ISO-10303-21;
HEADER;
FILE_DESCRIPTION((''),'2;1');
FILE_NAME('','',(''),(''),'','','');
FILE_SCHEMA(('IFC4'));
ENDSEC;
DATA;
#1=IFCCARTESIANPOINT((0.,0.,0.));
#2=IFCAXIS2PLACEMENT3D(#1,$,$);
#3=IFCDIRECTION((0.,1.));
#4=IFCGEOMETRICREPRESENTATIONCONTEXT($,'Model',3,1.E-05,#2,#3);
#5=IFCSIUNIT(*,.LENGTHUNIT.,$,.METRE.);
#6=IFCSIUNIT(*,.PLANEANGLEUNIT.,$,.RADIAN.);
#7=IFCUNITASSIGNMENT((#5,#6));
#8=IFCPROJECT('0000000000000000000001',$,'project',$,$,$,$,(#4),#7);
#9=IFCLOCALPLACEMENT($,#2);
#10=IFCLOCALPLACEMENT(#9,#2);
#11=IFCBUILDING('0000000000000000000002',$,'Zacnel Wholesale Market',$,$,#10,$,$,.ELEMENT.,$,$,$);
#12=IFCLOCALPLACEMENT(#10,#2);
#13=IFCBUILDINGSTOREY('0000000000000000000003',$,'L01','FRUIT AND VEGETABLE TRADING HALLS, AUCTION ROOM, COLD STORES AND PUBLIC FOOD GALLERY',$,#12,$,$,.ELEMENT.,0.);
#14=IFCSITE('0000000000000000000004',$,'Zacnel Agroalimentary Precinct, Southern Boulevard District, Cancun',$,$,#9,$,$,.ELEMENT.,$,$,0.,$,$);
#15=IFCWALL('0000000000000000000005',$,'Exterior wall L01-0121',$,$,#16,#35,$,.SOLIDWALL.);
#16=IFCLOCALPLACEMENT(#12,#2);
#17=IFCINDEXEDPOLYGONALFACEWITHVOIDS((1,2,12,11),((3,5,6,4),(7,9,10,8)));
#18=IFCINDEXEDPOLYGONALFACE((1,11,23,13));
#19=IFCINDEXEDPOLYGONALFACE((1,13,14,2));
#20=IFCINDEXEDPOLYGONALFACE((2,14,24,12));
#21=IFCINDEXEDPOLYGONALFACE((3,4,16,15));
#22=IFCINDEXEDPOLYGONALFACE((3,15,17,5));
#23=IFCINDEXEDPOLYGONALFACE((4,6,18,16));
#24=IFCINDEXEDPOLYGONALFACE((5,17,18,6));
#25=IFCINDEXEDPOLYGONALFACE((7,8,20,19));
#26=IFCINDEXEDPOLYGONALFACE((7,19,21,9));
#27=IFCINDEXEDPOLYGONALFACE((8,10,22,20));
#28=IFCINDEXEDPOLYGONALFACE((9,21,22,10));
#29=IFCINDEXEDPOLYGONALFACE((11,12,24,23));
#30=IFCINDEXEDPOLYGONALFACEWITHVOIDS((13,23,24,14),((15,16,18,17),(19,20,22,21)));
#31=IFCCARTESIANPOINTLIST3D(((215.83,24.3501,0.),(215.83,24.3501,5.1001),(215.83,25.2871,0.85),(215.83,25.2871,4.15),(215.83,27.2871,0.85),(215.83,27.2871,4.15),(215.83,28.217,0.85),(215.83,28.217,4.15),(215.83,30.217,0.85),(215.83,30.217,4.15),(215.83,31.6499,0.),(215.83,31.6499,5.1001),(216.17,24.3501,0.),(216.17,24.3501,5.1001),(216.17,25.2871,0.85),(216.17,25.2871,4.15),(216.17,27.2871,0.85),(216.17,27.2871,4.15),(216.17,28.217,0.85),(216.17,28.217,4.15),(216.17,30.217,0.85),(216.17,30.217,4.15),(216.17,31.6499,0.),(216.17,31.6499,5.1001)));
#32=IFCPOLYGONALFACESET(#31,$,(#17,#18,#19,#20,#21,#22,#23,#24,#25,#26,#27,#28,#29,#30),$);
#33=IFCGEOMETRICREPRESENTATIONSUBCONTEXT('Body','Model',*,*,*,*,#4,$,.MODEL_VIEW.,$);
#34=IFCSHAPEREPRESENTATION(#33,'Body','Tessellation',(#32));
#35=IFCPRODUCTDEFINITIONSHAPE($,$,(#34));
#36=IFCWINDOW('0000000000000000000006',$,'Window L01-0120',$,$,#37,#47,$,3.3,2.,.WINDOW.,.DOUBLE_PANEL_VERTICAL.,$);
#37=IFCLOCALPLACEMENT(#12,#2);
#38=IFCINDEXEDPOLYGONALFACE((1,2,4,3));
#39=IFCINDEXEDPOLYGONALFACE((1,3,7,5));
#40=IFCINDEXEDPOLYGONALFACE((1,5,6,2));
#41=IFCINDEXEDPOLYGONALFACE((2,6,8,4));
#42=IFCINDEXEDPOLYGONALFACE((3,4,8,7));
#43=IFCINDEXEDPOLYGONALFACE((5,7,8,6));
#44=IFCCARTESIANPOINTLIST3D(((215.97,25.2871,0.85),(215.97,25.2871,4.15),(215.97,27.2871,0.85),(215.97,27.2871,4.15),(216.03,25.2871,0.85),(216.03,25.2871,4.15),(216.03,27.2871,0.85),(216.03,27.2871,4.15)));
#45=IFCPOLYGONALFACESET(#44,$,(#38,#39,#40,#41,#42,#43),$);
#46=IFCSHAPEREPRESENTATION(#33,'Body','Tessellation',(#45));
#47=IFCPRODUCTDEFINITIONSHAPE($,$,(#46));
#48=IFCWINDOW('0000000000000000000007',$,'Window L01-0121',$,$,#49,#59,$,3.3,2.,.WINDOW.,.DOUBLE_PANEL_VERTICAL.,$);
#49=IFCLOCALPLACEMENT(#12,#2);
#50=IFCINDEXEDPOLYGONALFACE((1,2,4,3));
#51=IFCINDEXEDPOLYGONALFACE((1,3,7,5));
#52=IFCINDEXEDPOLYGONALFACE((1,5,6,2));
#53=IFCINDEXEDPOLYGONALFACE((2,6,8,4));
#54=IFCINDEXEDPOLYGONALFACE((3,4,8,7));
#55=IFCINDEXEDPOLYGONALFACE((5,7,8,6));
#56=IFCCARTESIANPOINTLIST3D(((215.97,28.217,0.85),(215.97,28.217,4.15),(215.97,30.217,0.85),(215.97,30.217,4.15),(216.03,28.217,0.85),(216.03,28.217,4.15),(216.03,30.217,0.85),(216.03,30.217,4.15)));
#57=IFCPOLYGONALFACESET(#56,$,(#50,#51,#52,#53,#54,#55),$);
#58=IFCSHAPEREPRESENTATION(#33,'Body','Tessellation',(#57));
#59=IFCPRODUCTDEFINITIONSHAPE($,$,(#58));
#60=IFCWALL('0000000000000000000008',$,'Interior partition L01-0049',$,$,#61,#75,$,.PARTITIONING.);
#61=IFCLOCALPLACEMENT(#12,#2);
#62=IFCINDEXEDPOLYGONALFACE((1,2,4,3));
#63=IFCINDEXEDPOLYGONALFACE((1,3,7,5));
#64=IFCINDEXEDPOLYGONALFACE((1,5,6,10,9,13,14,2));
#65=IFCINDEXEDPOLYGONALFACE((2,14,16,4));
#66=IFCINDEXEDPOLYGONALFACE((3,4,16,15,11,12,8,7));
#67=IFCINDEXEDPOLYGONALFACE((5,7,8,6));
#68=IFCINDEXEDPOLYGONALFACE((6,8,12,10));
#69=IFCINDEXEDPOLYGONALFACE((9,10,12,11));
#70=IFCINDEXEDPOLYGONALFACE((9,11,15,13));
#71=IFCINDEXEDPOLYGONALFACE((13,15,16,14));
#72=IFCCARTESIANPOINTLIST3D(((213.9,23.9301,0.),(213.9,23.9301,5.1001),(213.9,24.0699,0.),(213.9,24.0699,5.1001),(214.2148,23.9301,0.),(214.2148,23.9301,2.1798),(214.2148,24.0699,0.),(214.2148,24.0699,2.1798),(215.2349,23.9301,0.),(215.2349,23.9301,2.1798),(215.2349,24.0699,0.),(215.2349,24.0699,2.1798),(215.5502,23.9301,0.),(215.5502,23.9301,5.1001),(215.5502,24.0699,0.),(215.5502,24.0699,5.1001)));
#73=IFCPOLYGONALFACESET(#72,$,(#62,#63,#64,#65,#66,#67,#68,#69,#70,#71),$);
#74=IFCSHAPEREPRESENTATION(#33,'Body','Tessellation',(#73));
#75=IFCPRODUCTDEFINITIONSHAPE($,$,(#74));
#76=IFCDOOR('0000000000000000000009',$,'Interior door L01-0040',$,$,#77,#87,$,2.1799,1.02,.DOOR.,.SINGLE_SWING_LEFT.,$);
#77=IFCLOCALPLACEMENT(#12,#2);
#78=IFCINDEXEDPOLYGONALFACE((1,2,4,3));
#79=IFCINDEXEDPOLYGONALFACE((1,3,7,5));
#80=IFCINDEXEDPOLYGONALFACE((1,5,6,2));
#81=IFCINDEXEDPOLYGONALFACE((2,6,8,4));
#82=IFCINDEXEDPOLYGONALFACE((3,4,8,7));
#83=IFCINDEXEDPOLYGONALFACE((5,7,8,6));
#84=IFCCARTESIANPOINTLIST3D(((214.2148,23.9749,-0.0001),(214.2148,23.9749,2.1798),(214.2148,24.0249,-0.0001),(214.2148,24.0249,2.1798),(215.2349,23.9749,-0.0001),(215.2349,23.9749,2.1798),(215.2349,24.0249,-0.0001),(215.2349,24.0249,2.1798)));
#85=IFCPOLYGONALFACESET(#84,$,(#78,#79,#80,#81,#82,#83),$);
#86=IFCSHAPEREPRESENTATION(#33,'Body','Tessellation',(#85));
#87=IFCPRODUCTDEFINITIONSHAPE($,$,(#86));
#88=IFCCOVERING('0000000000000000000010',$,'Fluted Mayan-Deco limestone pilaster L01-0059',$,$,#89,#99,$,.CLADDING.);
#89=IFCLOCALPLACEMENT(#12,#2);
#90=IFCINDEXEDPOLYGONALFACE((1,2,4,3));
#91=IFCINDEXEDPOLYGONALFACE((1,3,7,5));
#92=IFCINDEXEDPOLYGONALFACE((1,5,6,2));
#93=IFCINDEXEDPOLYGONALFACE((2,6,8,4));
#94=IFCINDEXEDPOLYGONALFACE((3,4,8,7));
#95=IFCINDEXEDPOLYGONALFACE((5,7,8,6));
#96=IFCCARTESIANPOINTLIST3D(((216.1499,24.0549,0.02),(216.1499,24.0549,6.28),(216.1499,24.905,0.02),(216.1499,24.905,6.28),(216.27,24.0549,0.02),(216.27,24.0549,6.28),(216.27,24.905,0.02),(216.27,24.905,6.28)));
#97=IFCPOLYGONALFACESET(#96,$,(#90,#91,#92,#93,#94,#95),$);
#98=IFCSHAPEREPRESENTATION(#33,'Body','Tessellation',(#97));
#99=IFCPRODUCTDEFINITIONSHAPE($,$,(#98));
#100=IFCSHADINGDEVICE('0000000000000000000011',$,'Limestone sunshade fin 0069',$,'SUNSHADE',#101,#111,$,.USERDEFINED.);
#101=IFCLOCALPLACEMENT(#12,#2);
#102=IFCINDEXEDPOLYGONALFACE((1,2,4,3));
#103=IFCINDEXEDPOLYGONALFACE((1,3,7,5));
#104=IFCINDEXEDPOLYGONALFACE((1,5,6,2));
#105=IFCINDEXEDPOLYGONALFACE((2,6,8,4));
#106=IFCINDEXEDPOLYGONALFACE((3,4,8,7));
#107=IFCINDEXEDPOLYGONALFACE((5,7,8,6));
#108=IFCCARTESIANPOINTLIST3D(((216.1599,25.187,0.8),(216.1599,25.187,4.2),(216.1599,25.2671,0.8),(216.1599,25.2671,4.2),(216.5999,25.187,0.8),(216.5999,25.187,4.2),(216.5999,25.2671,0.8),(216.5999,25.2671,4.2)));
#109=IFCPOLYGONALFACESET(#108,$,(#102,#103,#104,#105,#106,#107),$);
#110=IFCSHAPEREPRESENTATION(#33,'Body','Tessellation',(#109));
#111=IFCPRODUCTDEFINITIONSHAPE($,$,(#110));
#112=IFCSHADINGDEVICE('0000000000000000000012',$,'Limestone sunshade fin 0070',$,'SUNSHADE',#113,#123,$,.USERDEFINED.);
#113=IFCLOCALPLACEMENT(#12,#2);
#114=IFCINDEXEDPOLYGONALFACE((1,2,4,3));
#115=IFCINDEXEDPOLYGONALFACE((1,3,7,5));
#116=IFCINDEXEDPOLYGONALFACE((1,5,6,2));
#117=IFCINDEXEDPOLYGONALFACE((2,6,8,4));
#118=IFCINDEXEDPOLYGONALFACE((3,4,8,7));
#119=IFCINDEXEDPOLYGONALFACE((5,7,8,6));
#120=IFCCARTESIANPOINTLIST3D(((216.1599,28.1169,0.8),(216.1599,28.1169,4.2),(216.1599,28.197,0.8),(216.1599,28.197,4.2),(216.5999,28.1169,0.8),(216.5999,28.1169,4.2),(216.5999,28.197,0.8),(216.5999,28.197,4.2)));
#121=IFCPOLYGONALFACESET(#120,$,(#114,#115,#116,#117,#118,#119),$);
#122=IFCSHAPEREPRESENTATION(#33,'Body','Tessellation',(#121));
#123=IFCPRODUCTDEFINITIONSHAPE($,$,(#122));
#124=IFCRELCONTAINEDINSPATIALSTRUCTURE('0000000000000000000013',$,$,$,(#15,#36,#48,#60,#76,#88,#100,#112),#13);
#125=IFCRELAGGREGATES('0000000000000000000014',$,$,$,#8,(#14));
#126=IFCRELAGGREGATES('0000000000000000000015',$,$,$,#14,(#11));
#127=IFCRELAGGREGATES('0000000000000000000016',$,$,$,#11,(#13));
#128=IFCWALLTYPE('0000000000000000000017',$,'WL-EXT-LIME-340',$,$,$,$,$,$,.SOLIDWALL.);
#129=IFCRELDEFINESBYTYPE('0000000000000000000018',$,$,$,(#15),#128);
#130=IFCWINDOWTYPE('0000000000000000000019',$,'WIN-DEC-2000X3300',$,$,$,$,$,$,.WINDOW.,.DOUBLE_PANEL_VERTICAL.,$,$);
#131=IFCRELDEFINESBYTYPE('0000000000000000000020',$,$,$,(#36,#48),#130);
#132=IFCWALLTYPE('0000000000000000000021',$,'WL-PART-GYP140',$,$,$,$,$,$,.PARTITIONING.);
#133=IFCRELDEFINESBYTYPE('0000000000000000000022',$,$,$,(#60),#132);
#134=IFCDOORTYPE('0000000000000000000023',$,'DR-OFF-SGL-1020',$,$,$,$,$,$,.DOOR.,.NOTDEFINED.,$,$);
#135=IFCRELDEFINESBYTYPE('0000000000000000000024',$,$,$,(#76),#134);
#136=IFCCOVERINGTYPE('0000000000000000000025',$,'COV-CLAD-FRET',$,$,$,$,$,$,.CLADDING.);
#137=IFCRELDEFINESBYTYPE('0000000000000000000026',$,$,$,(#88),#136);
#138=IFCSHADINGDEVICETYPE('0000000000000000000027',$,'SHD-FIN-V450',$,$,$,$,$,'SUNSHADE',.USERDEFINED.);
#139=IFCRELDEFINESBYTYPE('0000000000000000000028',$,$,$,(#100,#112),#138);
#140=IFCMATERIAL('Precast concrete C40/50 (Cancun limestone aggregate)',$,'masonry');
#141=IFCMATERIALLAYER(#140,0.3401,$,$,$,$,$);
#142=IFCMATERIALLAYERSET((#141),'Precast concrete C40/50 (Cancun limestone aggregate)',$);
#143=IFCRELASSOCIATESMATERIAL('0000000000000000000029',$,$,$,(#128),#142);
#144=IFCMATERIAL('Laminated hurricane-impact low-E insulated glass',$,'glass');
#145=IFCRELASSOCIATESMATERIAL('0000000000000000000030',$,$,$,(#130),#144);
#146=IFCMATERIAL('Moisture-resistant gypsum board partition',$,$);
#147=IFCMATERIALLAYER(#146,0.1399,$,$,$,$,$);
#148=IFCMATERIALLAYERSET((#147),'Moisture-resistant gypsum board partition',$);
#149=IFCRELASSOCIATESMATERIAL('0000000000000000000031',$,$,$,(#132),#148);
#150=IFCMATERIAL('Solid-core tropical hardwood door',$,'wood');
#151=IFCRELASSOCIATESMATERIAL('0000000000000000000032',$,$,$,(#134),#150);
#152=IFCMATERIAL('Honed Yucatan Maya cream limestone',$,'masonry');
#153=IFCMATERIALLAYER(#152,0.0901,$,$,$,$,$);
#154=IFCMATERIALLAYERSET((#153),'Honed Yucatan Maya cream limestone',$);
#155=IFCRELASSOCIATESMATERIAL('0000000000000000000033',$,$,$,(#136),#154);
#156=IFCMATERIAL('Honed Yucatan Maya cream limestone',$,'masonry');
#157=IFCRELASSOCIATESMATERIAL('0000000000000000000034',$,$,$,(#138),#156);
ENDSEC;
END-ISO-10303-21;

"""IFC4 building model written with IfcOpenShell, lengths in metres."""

from ifc_helpers import new_model, si_unit, direction, frame, frame_2d, origin, origin_2d, place, context, subcontext, project, spatial, rectangle, extrude, material, layer, layer_set, type_object, element, fill, save


model = new_model("IFC4")

# Units and contexts
model_context = context("Model", 3, precision=1e-05, world=origin(), true_north=direction((0.0, 1.0)))
body_context = subcontext(model_context, "Body", "Model", "MODEL_VIEW")
ifc_project = project(units=[si_unit("LENGTHUNIT", "METRE"), si_unit("PLANEANGLEUNIT", "RADIAN")], contexts=[model_context])

# Site, building, storey
site_placement = place(None, origin())
site = spatial("IfcSite", under=ifc_project, at=site_placement, Name="Zacnel Agroalimentary Precinct, Southern Boulevard District, Cancun", CompositionType="ELEMENT", RefElevation=0.0)
building_placement = place(site_placement, origin())
building = spatial("IfcBuilding", under=site, at=building_placement, Name="Zacnel Wholesale Market", CompositionType="ELEMENT")
storey_placement = place(building_placement, origin())
storey = spatial("IfcBuildingStorey", under=building, at=storey_placement, Name="L01", Description="FRUIT AND VEGETABLE TRADING HALLS, AUCTION ROOM, COLD STORES AND PUBLIC FOOD GALLERY", CompositionType="ELEMENT", Elevation=0.0)

# Wall, openings, windows
ifc_material_1 = material(Name="Precast concrete C40/50 (Cancun limestone aggregate)", Category="masonry")
ifc_layer_1 = layer(ifc_material_1, 0.3401)
ifc_layer_set_1 = layer_set([ifc_layer_1], Name="Precast concrete C40/50 (Cancun limestone aggregate)")
wall_type_1 = type_object("IfcWallType", Name="WL-EXT-LIME-340", PredefinedType="SOLIDWALL", material=ifc_layer_set_1)
wall_1_placement = place(storey_placement, frame((216.0, 24.3501, 0.0), z_axis=(0.0, 0.0, 1.0), x_axis=(0.0, 1.0, 0.0)))
wall_1 = element("IfcWall", 1, at=wall_1_placement, inside=storey, type_object=wall_type_1, Name="Exterior wall L01-0121", PredefinedType="SOLIDWALL", context=body_context, shape_type="SweptSolid", body=[
    extrude(rectangle(XDim=7.2998, YDim=0.3401, at=frame_2d((3.6499, 0.0))), origin(), (0.0, 0.0, 1.0), 5.1001),
])
opening_1_placement = place(wall_1_placement, frame((0.937, 0.0, 0.8501)))
opening_1 = element("IfcOpeningElement", 2, at=opening_1_placement, cuts=wall_1, PredefinedType="OPENING", context=body_context, shape_type="SweptSolid", body=[
    extrude(rectangle(XDim=2.0, YDim=3.3, at=frame_2d((1.0, 1.6499))), frame((0.0, 0.1799, 0.0), z_axis=(0.0, -1.0, 0.0), x_axis=(1.0, 0.0, 0.0)), (0.0, 0.0, 1.0), 0.3601),
])
opening_2_placement = place(wall_1_placement, frame((3.8669, 0.0, 0.8501)))
opening_2 = element("IfcOpeningElement", 3, at=opening_2_placement, cuts=wall_1, PredefinedType="OPENING", context=body_context, shape_type="SweptSolid", body=[
    extrude(rectangle(XDim=2.0, YDim=3.3, at=frame_2d((1.0, 1.6499))), frame((0.0, 0.1799, 0.0), z_axis=(0.0, -1.0, 0.0), x_axis=(1.0, 0.0, 0.0)), (0.0, 0.0, 1.0), 0.3601),
])
ifc_material_2 = material(Name="Laminated hurricane-impact low-E insulated glass", Category="glass")
window_type = type_object("IfcWindowType", Name="WIN-DEC-2000X3300", PartitioningType="DOUBLE_PANEL_VERTICAL", PredefinedType="WINDOW", material=ifc_material_2)
window_1_placement = place(opening_1_placement, origin())
window_1 = element("IfcWindow", 4, at=window_1_placement, inside=storey, type_object=window_type, Name="Window L01-0120", OverallHeight=3.3, OverallWidth=2.0, PartitioningType="DOUBLE_PANEL_VERTICAL", PredefinedType="WINDOW", context=body_context, shape_type="SweptSolid", body=[
    extrude(rectangle(XDim=2.0, YDim=3.3, at=frame_2d((1.0, 1.6499))), frame((0.0, 0.03, 0.0), z_axis=(0.0, -1.0, 0.0), x_axis=(1.0, 0.0, 0.0)), (0.0, 0.0, 1.0), 0.0601),
])
fill(opening_1, window_1)
window_2_placement = place(opening_2_placement, origin())
window_2 = element("IfcWindow", 5, at=window_2_placement, inside=storey, type_object=window_type, Name="Window L01-0121", OverallHeight=3.3, OverallWidth=2.0, PartitioningType="DOUBLE_PANEL_VERTICAL", PredefinedType="WINDOW", context=body_context, shape_type="SweptSolid", body=[
    extrude(rectangle(XDim=2.0, YDim=3.3, at=frame_2d((1.0, 1.6499))), frame((0.0, 0.03, 0.0), z_axis=(0.0, -1.0, 0.0), x_axis=(1.0, 0.0, 0.0)), (0.0, 0.0, 1.0), 0.0601),
])
fill(opening_2, window_2)

# Wall, opening, door
ifc_material_3 = material(Name="Moisture-resistant gypsum board partition")
ifc_layer_2 = layer(ifc_material_3, 0.1399)
ifc_layer_set_2 = layer_set([ifc_layer_2], Name="Moisture-resistant gypsum board partition")
wall_type_2 = type_object("IfcWallType", Name="WL-PART-GYP140", PredefinedType="PARTITIONING", material=ifc_layer_set_2)
wall_2_placement = place(storey_placement, frame((213.8999, 24.0, 0.0), z_axis=(0.0, 0.0, 1.0), x_axis=(1.0, 0.0, 0.0)))
wall_2 = element("IfcWall", 6, at=wall_2_placement, inside=storey, type_object=wall_type_2, Name="Interior partition L01-0049", PredefinedType="PARTITIONING", context=body_context, shape_type="SweptSolid", body=[
    extrude(rectangle(XDim=1.6501, YDim=0.1399, at=frame_2d((0.8252, 0.0))), origin(), (0.0, 0.0, 1.0), 5.1001),
])
opening_3_placement = place(wall_2_placement, frame((0.3149, 0.0, 0.0)))
opening_3 = element("IfcOpeningElement", 7, at=opening_3_placement, cuts=wall_2, PredefinedType="OPENING", context=body_context, shape_type="SweptSolid", body=[
    extrude(rectangle(XDim=1.02, YDim=2.1799, at=frame_2d((0.51, 1.0898))), frame((0.0, 0.0798, 0.0), z_axis=(0.0, -1.0, 0.0), x_axis=(1.0, 0.0, 0.0)), (0.0, 0.0, 1.0), 0.1599),
])
ifc_material_4 = material(Name="Solid-core tropical hardwood door", Category="wood")
door_type = type_object("IfcDoorType", Name="DR-OFF-SGL-1020", OperationType="NOTDEFINED", PredefinedType="DOOR", material=ifc_material_4)
door_placement = place(opening_3_placement, origin())
door = element("IfcDoor", 8, at=door_placement, inside=storey, type_object=door_type, Name="Interior door L01-0040", OperationType="SINGLE_SWING_LEFT", OverallHeight=2.1799, OverallWidth=1.02, PredefinedType="DOOR", context=body_context, shape_type="SweptSolid", body=[
    extrude(rectangle(XDim=1.02, YDim=2.1799, at=frame_2d((0.51, 1.0898))), frame((0.0, 0.0249, 0.0), z_axis=(0.0, -1.0, 0.0), x_axis=(1.0, 0.0, 0.0)), (0.0, 0.0, 1.0), 0.05),
])
fill(opening_3, door)

# Covering
ifc_material_5 = material(Name="Honed Yucatan Maya cream limestone", Category="masonry")
ifc_layer_3 = layer(ifc_material_5, 0.0901)
ifc_layer_set_3 = layer_set([ifc_layer_3], Name="Honed Yucatan Maya cream limestone")
covering_type = type_object("IfcCoveringType", Name="COV-CLAD-FRET", PredefinedType="CLADDING", material=ifc_layer_set_3)
covering_placement = place(storey_placement, frame((216.21, 24.48, 0.02), z_axis=(0.0, 0.0, 1.0), x_axis=(0.0, 1.0, 0.0)))
element("IfcCovering", 9, at=covering_placement, inside=storey, type_object=covering_type, Name="Fluted Mayan-Deco limestone pilaster L01-0059", PredefinedType="CLADDING", context=body_context, shape_type="SweptSolid", body=[
    extrude(rectangle(XDim=0.8501, YDim=0.1201, at=origin_2d()), origin(), (0.0, 0.0, 1.0), 6.26),
])

# Shading devices
ifc_material_6 = material(Name="Honed Yucatan Maya cream limestone", Category="masonry")
shading_device_type = type_object("IfcShadingDeviceType", Name="SHD-FIN-V450", ElementType="SUNSHADE", PredefinedType="USERDEFINED", material=ifc_material_6)
for number, where, z_axis, x_axis, name in (
    (10, (216.3799, 25.2271, 0.8), (0.0, 0.0, 1.0), (0.0, 1.0, 0.0), "Limestone sunshade fin 0069"),
    (11, (216.3799, 28.157, 0.8), (0.0, 0.0, 1.0), (0.0, 1.0, 0.0), "Limestone sunshade fin 0070"),
):
    element("IfcShadingDevice", number, at=place(storey_placement, frame(where, z_axis=z_axis, x_axis=x_axis)), inside=storey, type_object=shading_device_type, Name=name, ObjectType="SUNSHADE", PredefinedType="USERDEFINED", context=body_context, shape_type="SweptSolid", body=[
        extrude(rectangle(XDim=0.0801, YDim=0.4399, at=origin_2d()), origin(), (0.0, 0.0, 1.0), 3.3999),
    ])

save(model, "model.ifc")
